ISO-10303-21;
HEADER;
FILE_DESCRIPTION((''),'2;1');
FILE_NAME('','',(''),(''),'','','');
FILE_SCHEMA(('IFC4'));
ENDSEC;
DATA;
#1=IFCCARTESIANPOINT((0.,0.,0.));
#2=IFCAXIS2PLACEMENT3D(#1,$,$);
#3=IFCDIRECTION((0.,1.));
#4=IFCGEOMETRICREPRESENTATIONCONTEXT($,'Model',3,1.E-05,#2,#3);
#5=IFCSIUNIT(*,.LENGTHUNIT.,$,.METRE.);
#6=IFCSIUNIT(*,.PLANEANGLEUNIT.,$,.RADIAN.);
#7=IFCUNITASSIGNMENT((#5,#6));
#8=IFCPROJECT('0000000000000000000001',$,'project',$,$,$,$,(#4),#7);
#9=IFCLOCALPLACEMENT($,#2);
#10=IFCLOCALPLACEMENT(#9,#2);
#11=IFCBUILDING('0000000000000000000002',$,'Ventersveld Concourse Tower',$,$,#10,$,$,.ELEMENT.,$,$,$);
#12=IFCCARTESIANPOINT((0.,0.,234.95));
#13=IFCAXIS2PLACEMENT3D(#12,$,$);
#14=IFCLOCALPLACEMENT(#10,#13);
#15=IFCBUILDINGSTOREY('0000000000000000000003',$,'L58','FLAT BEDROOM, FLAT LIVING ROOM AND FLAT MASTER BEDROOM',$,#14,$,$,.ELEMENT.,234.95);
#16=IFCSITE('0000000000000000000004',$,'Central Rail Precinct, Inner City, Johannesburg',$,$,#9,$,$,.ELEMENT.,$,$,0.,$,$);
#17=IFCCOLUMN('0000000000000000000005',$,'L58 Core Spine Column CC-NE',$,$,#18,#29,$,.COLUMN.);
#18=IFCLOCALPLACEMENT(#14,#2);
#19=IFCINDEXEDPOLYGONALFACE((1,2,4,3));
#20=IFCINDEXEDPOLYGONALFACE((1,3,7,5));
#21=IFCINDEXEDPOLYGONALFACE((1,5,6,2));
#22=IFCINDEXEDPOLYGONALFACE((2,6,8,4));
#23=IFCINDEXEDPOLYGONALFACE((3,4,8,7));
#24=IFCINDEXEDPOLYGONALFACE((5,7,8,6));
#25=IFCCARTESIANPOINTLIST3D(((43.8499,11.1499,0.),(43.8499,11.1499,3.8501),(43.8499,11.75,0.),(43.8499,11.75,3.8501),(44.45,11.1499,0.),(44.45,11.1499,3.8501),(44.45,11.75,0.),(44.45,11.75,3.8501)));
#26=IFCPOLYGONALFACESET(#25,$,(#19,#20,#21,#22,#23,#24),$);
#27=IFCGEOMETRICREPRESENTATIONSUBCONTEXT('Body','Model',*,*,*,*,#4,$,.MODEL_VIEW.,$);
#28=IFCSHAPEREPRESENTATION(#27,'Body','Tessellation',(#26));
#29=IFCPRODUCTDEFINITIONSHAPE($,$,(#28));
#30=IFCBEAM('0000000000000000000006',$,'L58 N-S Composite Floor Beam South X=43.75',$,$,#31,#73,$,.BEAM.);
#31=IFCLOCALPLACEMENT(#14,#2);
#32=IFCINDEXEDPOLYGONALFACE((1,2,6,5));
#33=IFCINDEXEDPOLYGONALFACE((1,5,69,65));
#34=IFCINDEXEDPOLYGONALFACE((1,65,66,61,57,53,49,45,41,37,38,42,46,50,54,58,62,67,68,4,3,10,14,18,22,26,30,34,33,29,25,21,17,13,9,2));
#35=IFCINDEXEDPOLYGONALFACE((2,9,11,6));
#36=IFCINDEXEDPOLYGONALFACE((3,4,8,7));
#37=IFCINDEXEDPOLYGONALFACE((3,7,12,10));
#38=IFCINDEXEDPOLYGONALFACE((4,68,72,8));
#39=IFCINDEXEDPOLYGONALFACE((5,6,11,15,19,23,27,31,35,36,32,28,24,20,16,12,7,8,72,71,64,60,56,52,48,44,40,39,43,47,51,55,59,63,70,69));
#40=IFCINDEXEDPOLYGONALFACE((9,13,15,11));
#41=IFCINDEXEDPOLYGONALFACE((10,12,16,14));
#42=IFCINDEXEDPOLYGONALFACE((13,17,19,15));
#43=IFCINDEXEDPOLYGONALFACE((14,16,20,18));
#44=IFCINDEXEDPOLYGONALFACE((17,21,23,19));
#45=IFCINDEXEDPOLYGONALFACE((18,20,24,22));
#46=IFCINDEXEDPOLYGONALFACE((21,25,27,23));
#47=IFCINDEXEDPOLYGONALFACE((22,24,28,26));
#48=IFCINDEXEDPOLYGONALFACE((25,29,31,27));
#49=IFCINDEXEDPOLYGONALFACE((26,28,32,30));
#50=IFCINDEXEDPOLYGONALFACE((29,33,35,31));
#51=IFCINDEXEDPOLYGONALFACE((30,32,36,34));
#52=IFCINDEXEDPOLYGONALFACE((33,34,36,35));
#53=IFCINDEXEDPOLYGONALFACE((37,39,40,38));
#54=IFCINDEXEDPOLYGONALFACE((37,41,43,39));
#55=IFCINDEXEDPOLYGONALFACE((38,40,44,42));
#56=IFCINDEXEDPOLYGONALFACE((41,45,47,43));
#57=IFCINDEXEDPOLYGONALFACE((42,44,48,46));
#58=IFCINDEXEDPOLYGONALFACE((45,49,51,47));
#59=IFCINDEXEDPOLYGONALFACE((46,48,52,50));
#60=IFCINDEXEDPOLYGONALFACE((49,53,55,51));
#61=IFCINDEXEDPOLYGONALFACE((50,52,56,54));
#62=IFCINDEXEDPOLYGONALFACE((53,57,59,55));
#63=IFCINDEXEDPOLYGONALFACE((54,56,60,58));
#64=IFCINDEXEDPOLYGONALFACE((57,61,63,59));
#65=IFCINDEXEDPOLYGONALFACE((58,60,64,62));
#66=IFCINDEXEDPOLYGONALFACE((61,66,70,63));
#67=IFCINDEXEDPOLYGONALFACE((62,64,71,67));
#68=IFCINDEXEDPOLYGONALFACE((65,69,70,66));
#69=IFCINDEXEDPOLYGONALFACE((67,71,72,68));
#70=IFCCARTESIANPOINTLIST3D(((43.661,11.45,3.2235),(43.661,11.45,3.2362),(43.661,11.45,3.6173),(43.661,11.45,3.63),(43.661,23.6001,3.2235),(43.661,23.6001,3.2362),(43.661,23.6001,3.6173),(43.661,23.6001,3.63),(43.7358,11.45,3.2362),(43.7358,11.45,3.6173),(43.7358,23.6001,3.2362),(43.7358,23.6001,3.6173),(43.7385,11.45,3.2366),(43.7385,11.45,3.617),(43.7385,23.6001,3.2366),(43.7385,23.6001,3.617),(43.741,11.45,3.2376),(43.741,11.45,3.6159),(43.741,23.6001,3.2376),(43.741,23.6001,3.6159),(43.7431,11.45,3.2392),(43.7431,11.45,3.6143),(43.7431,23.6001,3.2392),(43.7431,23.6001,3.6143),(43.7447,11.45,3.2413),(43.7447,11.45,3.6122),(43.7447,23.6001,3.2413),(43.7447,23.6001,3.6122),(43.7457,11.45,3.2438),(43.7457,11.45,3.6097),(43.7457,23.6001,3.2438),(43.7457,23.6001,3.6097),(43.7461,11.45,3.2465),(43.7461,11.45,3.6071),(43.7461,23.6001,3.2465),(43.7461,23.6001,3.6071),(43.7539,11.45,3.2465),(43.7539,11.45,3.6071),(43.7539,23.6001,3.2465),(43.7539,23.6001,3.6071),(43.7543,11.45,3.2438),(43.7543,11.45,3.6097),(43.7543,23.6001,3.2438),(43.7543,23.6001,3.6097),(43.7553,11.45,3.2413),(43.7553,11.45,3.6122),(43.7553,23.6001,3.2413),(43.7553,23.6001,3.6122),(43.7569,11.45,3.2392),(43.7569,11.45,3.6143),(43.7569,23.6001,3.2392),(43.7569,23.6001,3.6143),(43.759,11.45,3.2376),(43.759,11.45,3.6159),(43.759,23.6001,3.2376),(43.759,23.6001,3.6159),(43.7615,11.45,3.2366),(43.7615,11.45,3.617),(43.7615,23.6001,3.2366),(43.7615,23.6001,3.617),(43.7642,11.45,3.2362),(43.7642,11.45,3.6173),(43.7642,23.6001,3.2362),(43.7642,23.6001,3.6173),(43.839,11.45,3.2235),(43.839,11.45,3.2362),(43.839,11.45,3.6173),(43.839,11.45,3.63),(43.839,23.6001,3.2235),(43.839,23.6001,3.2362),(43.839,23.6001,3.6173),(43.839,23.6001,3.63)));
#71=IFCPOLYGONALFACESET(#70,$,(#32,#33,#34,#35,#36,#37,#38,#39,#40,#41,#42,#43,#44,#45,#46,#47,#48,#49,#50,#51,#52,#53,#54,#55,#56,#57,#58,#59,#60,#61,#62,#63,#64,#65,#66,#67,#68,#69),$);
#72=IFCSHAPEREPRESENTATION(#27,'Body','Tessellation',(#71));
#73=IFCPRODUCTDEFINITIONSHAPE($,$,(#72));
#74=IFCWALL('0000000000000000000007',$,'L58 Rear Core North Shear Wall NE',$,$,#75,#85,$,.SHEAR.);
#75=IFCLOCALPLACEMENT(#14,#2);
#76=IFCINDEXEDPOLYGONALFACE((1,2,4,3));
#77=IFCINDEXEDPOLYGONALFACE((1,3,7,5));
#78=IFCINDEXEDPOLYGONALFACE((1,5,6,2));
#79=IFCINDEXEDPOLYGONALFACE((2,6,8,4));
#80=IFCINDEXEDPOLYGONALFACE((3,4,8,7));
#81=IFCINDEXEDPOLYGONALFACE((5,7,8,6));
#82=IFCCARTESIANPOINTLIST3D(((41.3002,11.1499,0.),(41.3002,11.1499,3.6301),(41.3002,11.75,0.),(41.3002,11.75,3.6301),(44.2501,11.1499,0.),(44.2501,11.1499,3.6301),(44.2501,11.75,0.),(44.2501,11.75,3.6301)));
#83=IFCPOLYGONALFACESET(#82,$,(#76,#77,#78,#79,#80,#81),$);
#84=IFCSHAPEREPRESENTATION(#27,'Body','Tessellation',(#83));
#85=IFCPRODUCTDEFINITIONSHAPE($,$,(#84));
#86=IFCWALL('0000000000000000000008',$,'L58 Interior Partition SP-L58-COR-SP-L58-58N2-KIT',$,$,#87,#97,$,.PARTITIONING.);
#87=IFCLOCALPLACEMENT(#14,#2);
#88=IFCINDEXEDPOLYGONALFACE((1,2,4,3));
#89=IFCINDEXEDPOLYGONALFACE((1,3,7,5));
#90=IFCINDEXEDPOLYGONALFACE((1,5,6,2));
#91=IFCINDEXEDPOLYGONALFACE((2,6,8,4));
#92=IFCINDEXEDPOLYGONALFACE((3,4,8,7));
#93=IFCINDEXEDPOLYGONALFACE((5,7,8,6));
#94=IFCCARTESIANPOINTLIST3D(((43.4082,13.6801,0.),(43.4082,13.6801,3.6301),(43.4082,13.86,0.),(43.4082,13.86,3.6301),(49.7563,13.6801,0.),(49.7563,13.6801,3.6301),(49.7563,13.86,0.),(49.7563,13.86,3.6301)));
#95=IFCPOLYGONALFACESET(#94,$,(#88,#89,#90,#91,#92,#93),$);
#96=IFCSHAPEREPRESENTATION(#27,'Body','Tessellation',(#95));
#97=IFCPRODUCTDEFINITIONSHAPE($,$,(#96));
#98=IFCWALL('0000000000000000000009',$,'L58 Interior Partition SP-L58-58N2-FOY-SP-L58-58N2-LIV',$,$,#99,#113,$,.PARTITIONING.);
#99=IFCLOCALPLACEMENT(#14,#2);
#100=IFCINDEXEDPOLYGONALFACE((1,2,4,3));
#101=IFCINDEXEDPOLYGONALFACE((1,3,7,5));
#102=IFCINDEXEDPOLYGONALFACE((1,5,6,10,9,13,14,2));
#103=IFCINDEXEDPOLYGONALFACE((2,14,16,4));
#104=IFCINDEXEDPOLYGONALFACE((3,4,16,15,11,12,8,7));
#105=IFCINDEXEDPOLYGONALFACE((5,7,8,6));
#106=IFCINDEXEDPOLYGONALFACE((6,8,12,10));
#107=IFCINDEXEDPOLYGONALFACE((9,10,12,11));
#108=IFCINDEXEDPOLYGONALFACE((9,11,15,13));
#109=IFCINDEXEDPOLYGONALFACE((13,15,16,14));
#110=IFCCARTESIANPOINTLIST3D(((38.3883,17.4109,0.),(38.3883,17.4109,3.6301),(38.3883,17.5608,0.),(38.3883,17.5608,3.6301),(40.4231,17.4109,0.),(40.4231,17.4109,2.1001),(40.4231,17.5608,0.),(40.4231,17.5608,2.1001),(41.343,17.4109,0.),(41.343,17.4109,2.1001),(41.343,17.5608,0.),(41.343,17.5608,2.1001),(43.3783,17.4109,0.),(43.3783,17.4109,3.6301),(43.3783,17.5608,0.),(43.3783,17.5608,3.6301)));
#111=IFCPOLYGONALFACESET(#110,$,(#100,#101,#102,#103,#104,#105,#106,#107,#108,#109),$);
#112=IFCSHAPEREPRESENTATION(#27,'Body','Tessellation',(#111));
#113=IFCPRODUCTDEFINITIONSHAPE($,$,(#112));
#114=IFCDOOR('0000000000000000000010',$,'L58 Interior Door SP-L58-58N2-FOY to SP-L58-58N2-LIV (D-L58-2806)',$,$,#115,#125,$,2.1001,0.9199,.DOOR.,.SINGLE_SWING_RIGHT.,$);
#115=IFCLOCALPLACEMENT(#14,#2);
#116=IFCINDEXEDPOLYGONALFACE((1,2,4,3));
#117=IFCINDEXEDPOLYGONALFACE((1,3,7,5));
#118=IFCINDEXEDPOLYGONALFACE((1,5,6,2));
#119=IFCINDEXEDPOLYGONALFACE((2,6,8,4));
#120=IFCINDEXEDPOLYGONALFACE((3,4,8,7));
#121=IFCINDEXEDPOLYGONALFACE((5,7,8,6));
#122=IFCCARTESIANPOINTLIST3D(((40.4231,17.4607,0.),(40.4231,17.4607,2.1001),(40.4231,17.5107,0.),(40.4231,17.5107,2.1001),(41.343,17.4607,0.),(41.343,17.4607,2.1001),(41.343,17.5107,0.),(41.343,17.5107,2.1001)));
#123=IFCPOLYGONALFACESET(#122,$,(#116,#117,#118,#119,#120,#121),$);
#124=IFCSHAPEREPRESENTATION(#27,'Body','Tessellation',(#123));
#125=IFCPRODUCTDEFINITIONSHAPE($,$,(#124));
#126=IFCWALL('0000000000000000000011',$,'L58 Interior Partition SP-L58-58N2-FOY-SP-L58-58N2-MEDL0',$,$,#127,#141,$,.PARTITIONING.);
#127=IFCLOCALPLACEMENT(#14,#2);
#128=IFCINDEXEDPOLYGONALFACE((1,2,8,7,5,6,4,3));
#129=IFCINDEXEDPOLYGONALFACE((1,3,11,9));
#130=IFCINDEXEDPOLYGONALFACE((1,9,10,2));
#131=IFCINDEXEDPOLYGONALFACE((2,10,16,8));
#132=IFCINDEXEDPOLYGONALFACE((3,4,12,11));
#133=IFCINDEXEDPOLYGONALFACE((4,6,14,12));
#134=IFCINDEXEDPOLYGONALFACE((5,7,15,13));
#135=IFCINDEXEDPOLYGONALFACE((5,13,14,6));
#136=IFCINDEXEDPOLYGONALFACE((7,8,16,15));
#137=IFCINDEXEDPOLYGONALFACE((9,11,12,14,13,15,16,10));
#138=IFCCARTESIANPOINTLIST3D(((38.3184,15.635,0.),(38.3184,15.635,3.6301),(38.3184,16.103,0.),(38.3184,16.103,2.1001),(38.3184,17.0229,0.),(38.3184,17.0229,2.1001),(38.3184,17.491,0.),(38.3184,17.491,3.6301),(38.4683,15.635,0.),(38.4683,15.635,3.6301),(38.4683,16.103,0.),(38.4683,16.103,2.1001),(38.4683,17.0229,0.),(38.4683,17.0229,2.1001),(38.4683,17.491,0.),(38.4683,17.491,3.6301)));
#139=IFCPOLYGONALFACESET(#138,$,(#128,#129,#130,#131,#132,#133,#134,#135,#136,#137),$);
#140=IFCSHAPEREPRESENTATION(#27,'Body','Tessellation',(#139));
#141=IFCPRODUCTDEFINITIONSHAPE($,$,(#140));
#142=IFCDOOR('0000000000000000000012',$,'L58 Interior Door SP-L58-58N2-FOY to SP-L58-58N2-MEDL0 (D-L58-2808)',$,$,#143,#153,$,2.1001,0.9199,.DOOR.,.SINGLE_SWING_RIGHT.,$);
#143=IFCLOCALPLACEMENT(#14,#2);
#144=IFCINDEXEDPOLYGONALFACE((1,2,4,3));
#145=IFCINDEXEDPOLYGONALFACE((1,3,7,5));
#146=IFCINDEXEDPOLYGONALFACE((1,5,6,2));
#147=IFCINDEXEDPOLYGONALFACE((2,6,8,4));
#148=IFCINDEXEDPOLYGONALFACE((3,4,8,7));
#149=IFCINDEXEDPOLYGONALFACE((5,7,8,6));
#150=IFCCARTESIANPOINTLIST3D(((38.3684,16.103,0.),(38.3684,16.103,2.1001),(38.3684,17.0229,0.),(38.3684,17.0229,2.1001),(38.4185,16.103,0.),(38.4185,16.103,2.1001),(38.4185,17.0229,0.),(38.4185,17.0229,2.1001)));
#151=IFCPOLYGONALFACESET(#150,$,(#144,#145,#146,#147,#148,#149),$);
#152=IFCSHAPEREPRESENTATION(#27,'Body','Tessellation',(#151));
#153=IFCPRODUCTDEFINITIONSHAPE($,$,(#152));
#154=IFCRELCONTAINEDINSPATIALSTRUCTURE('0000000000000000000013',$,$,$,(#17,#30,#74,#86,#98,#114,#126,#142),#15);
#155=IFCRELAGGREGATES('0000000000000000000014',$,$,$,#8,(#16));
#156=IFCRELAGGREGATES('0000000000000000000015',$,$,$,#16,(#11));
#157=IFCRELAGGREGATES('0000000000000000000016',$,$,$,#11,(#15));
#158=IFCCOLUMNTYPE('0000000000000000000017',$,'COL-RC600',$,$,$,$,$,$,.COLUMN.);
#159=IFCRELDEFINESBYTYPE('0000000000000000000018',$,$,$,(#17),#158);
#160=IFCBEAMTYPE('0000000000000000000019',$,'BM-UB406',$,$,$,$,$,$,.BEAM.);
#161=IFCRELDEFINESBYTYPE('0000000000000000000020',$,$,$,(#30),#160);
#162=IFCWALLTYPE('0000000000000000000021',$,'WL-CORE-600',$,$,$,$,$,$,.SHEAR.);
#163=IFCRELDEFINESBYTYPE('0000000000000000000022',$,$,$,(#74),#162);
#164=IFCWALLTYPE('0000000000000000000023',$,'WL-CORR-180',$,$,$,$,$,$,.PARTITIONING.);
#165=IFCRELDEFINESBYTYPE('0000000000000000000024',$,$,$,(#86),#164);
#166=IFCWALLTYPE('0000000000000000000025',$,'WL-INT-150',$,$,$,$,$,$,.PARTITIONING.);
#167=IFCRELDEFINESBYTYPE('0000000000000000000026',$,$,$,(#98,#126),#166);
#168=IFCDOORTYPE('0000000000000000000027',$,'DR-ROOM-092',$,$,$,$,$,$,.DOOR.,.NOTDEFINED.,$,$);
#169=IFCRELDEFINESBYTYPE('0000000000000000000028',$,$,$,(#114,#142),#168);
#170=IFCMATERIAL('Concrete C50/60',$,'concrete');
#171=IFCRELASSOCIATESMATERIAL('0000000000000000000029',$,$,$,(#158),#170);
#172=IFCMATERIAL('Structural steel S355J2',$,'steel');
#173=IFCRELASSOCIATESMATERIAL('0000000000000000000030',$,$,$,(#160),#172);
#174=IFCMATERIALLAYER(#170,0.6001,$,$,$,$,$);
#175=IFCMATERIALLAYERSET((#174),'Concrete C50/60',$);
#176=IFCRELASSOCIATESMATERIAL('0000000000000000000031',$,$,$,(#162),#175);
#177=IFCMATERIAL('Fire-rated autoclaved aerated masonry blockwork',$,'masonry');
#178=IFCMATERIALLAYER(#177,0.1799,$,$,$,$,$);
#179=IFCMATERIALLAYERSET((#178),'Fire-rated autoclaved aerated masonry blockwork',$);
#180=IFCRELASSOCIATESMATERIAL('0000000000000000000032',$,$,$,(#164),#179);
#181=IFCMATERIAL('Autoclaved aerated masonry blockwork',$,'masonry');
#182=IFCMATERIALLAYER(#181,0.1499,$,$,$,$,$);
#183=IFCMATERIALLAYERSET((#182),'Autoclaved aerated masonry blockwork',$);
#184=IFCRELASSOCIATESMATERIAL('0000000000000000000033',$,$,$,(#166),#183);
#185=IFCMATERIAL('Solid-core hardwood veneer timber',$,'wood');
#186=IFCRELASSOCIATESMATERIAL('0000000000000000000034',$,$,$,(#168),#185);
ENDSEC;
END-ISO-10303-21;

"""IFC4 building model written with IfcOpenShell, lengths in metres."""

from ifc_helpers import new_model, si_unit, direction, frame, frame_2d, origin, origin_2d, place, context, subcontext, project, spatial, rectangle, i_section, extrude, material, layer, layer_set, material_profile, profile_set, type_object, element, fill, save


model = new_model("IFC4")

# Units and contexts
model_context = context("Model", 3, precision=1e-05, world=origin(), true_north=direction((0.0, 1.0)))
body_context = subcontext(model_context, "Body", "Model", "MODEL_VIEW")
ifc_project = project(units=[si_unit("LENGTHUNIT", "METRE"), si_unit("PLANEANGLEUNIT", "RADIAN")], contexts=[model_context])

# Site, building, storey
site_placement = place(None, origin())
site = spatial("IfcSite", under=ifc_project, at=site_placement, Name="Central Rail Precinct, Inner City, Johannesburg", CompositionType="ELEMENT", RefElevation=0.0)
building_placement = place(site_placement, origin())
building = spatial("IfcBuilding", under=site, at=building_placement, Name="Ventersveld Concourse Tower", CompositionType="ELEMENT")
storey_placement = place(building_placement, frame((0.0, 0.0, 234.95)))
storey = spatial("IfcBuildingStorey", under=building, at=storey_placement, Name="L58", Description="FLAT BEDROOM, FLAT LIVING ROOM AND FLAT MASTER BEDROOM", CompositionType="ELEMENT", Elevation=234.95)

# Column
ifc_material_1 = material(Name="Concrete C50/60", Category="concrete")
ifc_material_profile_1 = material_profile(ifc_material_1, rectangle(XDim=0.6001, YDim=0.6001, at=origin_2d()), Name="RC 600x600")
ifc_profile_set_1 = profile_set([ifc_material_profile_1], Name="Concrete C50/60")
column_type = type_object("IfcColumnType", Name="COL-RC600", PredefinedType="COLUMN", material=ifc_profile_set_1)
column_placement = place(storey_placement, frame((44.1499, 11.45, 0.0), z_axis=(0.0, 0.0, 1.0), x_axis=(1.0, 0.0, 0.0)))
element("IfcColumn", 1, at=column_placement, inside=storey, type_object=column_type, Name="L58 Core Spine Column CC-NE", PredefinedType="COLUMN", context=body_context, shape_type="SweptSolid", body=[
    extrude(rectangle(XDim=0.6001, YDim=0.6001, at=origin_2d()), origin(), (0.0, 0.0, 1.0), 3.8501),
])

# Beam
ifc_material_2 = material(Name="Structural steel S355J2", Category="steel")
ifc_material_profile_2 = material_profile(ifc_material_2, i_section(OverallWidth=0.178, OverallDepth=0.4065, WebThickness=0.0078, FlangeThickness=0.0127, FilletRadius=0.0103, at=origin_2d()), Name="UB 406x178x60")
ifc_profile_set_2 = profile_set([ifc_material_profile_2], Name="Structural steel S355J2")
beam_type = type_object("IfcBeamType", Name="BM-UB406", PredefinedType="BEAM", material=ifc_profile_set_2)
beam_placement = place(storey_placement, frame((43.75, 11.45, 3.4268), z_axis=(0.0, 1.0, 0.0), x_axis=(-1.0, 0.0, 0.0)))
element("IfcBeam", 2, at=beam_placement, inside=storey, type_object=beam_type, Name="L58 N-S Composite Floor Beam South X=43.75", PredefinedType="BEAM", context=body_context, shape_type="SweptSolid", body=[
    extrude(i_section(OverallWidth=0.178, OverallDepth=0.4065, WebThickness=0.0078, FlangeThickness=0.0127, FilletRadius=0.0103, at=origin_2d()), origin(), (0.0, 0.0, 1.0), 12.1501),
])

# Wall
ifc_layer_1 = layer(ifc_material_1, 0.6001)
ifc_layer_set_1 = layer_set([ifc_layer_1], Name="Concrete C50/60")
wall_type_1 = type_object("IfcWallType", Name="WL-CORE-600", PredefinedType="SHEAR", material=ifc_layer_set_1)
wall_1_placement = place(storey_placement, frame((41.3, 11.45, 0.0), z_axis=(0.0, 0.0, 1.0), x_axis=(1.0, 0.0, 0.0)))
element("IfcWall", 3, at=wall_1_placement, inside=storey, type_object=wall_type_1, Name="L58 Rear Core North Shear Wall NE", PredefinedType="SHEAR", context=body_context, shape_type="SweptSolid", body=[
    extrude(rectangle(XDim=2.95, YDim=0.6001, at=frame_2d((1.4751, 0.0))), origin(), (0.0, 0.0, 1.0), 3.6301),
])

# Shared definitions
ifc_material_3 = material(Name="Fire-rated autoclaved aerated masonry blockwork", Category="masonry")
ifc_layer_2 = layer(ifc_material_3, 0.1799)
ifc_layer_set_2 = layer_set([ifc_layer_2], Name="Fire-rated autoclaved aerated masonry blockwork")
wall_type_2 = type_object("IfcWallType", Name="WL-CORR-180", PredefinedType="PARTITIONING", material=ifc_layer_set_2)
ifc_material_4 = material(Name="Solid-core hardwood veneer timber", Category="wood")

# Wall
wall_2_placement = place(storey_placement, frame((43.4082, 13.77, 0.0), z_axis=(0.0, 0.0, 1.0), x_axis=(1.0, 0.0, 0.0)))
element("IfcWall", 4, at=wall_2_placement, inside=storey, type_object=wall_type_2, Name="L58 Interior Partition SP-L58-COR-SP-L58-58N2-KIT", PredefinedType="PARTITIONING", context=body_context, shape_type="SweptSolid", body=[
    extrude(rectangle(XDim=6.3481, YDim=0.1799, at=frame_2d((3.1741, 0.0))), origin(), (0.0, 0.0, 1.0), 3.6301),
])

# Walls, openings, doors
ifc_material_5 = material(Name="Autoclaved aerated masonry blockwork", Category="masonry")
ifc_layer_3 = layer(ifc_material_5, 0.1499)
ifc_layer_set_3 = layer_set([ifc_layer_3], Name="Autoclaved aerated masonry blockwork")
wall_type_3 = type_object("IfcWallType", Name="WL-INT-150", PredefinedType="PARTITIONING", material=ifc_layer_set_3)
wall_3_placement = place(storey_placement, frame((38.3882, 17.4858, 0.0), z_axis=(0.0, 0.0, 1.0), x_axis=(1.0, 0.0, 0.0)))
wall_3 = element("IfcWall", 5, at=wall_3_placement, inside=storey, type_object=wall_type_3, Name="L58 Interior Partition SP-L58-58N2-FOY-SP-L58-58N2-LIV", PredefinedType="PARTITIONING", context=body_context, shape_type="SweptSolid", body=[
    extrude(rectangle(XDim=4.99, YDim=0.1499, at=frame_2d((2.4951, 0.0))), origin(), (0.0, 0.0, 1.0), 3.6301),
])
opening_1_placement = place(wall_3_placement, frame((2.0349, 0.0, 0.0)))
opening_1 = element("IfcOpeningElement", 6, at=opening_1_placement, cuts=wall_3, PredefinedType="OPENING", context=body_context, shape_type="SweptSolid", body=[
    extrude(rectangle(XDim=0.9199, YDim=2.1001, at=frame_2d((0.46, 1.05))), frame((0.0, 0.085, 0.0), z_axis=(0.0, -1.0, 0.0), x_axis=(1.0, 0.0, 0.0)), (0.0, 0.0, 1.0), 0.1699),
])
door_type_1 = type_object("IfcDoorType", Name="DR-ROOM-092", OperationType="NOTDEFINED", PredefinedType="DOOR", material=ifc_material_4)
door_1_placement = place(opening_1_placement, origin())
door_1 = element("IfcDoor", 7, at=door_1_placement, inside=storey, type_object=door_type_1, Name="L58 Interior Door SP-L58-58N2-FOY to SP-L58-58N2-LIV (D-L58-2806)", OperationType="SINGLE_SWING_RIGHT", OverallHeight=2.1001, OverallWidth=0.9199, PredefinedType="DOOR", context=body_context, shape_type="SweptSolid", body=[
    extrude(rectangle(XDim=0.9199, YDim=2.1001, at=frame_2d((0.46, 1.05))), frame((0.0, 0.0249, 0.0), z_axis=(0.0, -1.0, 0.0), x_axis=(1.0, 0.0, 0.0)), (0.0, 0.0, 1.0), 0.05),
])
fill(opening_1, door_1)
wall_4_placement = place(storey_placement, frame((38.3933, 15.635, 0.0), z_axis=(0.0, 0.0, 1.0), x_axis=(0.0, 1.0, 0.0)))
wall_4 = element("IfcWall", 8, at=wall_4_placement, inside=storey, type_object=wall_type_3, Name="L58 Interior Partition SP-L58-58N2-FOY-SP-L58-58N2-MEDL0", PredefinedType="PARTITIONING", context=body_context, shape_type="SweptSolid", body=[
    extrude(rectangle(XDim=1.856, YDim=0.1499, at=frame_2d((0.928, 0.0))), origin(), (0.0, 0.0, 1.0), 3.6301),
])
opening_2_placement = place(wall_4_placement, frame((0.468, 0.0, 0.0)))
opening_2 = element("IfcOpeningElement", 9, at=opening_2_placement, cuts=wall_4, PredefinedType="OPENING", context=body_context, shape_type="SweptSolid", body=[
    extrude(rectangle(XDim=0.9199, YDim=2.1001, at=frame_2d((0.46, 1.05))), frame((0.0, 0.085, 0.0), z_axis=(0.0, -1.0, 0.0), x_axis=(1.0, 0.0, 0.0)), (0.0, 0.0, 1.0), 0.1699),
])
door_2_placement = place(opening_2_placement, origin())
door_2 = element("IfcDoor", 10, at=door_2_placement, inside=storey, type_object=door_type_1, Name="L58 Interior Door SP-L58-58N2-FOY to SP-L58-58N2-MEDL0 (D-L58-2808)", OperationType="SINGLE_SWING_RIGHT", OverallHeight=2.1001, OverallWidth=0.9199, PredefinedType="DOOR", context=body_context, shape_type="SweptSolid", body=[
    extrude(rectangle(XDim=0.9199, YDim=2.1001, at=frame_2d((0.46, 1.05))), frame((0.0, 0.0249, 0.0), z_axis=(0.0, -1.0, 0.0), x_axis=(1.0, 0.0, 0.0)), (0.0, 0.0, 1.0), 0.05),
])
fill(opening_2, door_2)

save(model, "model.ifc")
